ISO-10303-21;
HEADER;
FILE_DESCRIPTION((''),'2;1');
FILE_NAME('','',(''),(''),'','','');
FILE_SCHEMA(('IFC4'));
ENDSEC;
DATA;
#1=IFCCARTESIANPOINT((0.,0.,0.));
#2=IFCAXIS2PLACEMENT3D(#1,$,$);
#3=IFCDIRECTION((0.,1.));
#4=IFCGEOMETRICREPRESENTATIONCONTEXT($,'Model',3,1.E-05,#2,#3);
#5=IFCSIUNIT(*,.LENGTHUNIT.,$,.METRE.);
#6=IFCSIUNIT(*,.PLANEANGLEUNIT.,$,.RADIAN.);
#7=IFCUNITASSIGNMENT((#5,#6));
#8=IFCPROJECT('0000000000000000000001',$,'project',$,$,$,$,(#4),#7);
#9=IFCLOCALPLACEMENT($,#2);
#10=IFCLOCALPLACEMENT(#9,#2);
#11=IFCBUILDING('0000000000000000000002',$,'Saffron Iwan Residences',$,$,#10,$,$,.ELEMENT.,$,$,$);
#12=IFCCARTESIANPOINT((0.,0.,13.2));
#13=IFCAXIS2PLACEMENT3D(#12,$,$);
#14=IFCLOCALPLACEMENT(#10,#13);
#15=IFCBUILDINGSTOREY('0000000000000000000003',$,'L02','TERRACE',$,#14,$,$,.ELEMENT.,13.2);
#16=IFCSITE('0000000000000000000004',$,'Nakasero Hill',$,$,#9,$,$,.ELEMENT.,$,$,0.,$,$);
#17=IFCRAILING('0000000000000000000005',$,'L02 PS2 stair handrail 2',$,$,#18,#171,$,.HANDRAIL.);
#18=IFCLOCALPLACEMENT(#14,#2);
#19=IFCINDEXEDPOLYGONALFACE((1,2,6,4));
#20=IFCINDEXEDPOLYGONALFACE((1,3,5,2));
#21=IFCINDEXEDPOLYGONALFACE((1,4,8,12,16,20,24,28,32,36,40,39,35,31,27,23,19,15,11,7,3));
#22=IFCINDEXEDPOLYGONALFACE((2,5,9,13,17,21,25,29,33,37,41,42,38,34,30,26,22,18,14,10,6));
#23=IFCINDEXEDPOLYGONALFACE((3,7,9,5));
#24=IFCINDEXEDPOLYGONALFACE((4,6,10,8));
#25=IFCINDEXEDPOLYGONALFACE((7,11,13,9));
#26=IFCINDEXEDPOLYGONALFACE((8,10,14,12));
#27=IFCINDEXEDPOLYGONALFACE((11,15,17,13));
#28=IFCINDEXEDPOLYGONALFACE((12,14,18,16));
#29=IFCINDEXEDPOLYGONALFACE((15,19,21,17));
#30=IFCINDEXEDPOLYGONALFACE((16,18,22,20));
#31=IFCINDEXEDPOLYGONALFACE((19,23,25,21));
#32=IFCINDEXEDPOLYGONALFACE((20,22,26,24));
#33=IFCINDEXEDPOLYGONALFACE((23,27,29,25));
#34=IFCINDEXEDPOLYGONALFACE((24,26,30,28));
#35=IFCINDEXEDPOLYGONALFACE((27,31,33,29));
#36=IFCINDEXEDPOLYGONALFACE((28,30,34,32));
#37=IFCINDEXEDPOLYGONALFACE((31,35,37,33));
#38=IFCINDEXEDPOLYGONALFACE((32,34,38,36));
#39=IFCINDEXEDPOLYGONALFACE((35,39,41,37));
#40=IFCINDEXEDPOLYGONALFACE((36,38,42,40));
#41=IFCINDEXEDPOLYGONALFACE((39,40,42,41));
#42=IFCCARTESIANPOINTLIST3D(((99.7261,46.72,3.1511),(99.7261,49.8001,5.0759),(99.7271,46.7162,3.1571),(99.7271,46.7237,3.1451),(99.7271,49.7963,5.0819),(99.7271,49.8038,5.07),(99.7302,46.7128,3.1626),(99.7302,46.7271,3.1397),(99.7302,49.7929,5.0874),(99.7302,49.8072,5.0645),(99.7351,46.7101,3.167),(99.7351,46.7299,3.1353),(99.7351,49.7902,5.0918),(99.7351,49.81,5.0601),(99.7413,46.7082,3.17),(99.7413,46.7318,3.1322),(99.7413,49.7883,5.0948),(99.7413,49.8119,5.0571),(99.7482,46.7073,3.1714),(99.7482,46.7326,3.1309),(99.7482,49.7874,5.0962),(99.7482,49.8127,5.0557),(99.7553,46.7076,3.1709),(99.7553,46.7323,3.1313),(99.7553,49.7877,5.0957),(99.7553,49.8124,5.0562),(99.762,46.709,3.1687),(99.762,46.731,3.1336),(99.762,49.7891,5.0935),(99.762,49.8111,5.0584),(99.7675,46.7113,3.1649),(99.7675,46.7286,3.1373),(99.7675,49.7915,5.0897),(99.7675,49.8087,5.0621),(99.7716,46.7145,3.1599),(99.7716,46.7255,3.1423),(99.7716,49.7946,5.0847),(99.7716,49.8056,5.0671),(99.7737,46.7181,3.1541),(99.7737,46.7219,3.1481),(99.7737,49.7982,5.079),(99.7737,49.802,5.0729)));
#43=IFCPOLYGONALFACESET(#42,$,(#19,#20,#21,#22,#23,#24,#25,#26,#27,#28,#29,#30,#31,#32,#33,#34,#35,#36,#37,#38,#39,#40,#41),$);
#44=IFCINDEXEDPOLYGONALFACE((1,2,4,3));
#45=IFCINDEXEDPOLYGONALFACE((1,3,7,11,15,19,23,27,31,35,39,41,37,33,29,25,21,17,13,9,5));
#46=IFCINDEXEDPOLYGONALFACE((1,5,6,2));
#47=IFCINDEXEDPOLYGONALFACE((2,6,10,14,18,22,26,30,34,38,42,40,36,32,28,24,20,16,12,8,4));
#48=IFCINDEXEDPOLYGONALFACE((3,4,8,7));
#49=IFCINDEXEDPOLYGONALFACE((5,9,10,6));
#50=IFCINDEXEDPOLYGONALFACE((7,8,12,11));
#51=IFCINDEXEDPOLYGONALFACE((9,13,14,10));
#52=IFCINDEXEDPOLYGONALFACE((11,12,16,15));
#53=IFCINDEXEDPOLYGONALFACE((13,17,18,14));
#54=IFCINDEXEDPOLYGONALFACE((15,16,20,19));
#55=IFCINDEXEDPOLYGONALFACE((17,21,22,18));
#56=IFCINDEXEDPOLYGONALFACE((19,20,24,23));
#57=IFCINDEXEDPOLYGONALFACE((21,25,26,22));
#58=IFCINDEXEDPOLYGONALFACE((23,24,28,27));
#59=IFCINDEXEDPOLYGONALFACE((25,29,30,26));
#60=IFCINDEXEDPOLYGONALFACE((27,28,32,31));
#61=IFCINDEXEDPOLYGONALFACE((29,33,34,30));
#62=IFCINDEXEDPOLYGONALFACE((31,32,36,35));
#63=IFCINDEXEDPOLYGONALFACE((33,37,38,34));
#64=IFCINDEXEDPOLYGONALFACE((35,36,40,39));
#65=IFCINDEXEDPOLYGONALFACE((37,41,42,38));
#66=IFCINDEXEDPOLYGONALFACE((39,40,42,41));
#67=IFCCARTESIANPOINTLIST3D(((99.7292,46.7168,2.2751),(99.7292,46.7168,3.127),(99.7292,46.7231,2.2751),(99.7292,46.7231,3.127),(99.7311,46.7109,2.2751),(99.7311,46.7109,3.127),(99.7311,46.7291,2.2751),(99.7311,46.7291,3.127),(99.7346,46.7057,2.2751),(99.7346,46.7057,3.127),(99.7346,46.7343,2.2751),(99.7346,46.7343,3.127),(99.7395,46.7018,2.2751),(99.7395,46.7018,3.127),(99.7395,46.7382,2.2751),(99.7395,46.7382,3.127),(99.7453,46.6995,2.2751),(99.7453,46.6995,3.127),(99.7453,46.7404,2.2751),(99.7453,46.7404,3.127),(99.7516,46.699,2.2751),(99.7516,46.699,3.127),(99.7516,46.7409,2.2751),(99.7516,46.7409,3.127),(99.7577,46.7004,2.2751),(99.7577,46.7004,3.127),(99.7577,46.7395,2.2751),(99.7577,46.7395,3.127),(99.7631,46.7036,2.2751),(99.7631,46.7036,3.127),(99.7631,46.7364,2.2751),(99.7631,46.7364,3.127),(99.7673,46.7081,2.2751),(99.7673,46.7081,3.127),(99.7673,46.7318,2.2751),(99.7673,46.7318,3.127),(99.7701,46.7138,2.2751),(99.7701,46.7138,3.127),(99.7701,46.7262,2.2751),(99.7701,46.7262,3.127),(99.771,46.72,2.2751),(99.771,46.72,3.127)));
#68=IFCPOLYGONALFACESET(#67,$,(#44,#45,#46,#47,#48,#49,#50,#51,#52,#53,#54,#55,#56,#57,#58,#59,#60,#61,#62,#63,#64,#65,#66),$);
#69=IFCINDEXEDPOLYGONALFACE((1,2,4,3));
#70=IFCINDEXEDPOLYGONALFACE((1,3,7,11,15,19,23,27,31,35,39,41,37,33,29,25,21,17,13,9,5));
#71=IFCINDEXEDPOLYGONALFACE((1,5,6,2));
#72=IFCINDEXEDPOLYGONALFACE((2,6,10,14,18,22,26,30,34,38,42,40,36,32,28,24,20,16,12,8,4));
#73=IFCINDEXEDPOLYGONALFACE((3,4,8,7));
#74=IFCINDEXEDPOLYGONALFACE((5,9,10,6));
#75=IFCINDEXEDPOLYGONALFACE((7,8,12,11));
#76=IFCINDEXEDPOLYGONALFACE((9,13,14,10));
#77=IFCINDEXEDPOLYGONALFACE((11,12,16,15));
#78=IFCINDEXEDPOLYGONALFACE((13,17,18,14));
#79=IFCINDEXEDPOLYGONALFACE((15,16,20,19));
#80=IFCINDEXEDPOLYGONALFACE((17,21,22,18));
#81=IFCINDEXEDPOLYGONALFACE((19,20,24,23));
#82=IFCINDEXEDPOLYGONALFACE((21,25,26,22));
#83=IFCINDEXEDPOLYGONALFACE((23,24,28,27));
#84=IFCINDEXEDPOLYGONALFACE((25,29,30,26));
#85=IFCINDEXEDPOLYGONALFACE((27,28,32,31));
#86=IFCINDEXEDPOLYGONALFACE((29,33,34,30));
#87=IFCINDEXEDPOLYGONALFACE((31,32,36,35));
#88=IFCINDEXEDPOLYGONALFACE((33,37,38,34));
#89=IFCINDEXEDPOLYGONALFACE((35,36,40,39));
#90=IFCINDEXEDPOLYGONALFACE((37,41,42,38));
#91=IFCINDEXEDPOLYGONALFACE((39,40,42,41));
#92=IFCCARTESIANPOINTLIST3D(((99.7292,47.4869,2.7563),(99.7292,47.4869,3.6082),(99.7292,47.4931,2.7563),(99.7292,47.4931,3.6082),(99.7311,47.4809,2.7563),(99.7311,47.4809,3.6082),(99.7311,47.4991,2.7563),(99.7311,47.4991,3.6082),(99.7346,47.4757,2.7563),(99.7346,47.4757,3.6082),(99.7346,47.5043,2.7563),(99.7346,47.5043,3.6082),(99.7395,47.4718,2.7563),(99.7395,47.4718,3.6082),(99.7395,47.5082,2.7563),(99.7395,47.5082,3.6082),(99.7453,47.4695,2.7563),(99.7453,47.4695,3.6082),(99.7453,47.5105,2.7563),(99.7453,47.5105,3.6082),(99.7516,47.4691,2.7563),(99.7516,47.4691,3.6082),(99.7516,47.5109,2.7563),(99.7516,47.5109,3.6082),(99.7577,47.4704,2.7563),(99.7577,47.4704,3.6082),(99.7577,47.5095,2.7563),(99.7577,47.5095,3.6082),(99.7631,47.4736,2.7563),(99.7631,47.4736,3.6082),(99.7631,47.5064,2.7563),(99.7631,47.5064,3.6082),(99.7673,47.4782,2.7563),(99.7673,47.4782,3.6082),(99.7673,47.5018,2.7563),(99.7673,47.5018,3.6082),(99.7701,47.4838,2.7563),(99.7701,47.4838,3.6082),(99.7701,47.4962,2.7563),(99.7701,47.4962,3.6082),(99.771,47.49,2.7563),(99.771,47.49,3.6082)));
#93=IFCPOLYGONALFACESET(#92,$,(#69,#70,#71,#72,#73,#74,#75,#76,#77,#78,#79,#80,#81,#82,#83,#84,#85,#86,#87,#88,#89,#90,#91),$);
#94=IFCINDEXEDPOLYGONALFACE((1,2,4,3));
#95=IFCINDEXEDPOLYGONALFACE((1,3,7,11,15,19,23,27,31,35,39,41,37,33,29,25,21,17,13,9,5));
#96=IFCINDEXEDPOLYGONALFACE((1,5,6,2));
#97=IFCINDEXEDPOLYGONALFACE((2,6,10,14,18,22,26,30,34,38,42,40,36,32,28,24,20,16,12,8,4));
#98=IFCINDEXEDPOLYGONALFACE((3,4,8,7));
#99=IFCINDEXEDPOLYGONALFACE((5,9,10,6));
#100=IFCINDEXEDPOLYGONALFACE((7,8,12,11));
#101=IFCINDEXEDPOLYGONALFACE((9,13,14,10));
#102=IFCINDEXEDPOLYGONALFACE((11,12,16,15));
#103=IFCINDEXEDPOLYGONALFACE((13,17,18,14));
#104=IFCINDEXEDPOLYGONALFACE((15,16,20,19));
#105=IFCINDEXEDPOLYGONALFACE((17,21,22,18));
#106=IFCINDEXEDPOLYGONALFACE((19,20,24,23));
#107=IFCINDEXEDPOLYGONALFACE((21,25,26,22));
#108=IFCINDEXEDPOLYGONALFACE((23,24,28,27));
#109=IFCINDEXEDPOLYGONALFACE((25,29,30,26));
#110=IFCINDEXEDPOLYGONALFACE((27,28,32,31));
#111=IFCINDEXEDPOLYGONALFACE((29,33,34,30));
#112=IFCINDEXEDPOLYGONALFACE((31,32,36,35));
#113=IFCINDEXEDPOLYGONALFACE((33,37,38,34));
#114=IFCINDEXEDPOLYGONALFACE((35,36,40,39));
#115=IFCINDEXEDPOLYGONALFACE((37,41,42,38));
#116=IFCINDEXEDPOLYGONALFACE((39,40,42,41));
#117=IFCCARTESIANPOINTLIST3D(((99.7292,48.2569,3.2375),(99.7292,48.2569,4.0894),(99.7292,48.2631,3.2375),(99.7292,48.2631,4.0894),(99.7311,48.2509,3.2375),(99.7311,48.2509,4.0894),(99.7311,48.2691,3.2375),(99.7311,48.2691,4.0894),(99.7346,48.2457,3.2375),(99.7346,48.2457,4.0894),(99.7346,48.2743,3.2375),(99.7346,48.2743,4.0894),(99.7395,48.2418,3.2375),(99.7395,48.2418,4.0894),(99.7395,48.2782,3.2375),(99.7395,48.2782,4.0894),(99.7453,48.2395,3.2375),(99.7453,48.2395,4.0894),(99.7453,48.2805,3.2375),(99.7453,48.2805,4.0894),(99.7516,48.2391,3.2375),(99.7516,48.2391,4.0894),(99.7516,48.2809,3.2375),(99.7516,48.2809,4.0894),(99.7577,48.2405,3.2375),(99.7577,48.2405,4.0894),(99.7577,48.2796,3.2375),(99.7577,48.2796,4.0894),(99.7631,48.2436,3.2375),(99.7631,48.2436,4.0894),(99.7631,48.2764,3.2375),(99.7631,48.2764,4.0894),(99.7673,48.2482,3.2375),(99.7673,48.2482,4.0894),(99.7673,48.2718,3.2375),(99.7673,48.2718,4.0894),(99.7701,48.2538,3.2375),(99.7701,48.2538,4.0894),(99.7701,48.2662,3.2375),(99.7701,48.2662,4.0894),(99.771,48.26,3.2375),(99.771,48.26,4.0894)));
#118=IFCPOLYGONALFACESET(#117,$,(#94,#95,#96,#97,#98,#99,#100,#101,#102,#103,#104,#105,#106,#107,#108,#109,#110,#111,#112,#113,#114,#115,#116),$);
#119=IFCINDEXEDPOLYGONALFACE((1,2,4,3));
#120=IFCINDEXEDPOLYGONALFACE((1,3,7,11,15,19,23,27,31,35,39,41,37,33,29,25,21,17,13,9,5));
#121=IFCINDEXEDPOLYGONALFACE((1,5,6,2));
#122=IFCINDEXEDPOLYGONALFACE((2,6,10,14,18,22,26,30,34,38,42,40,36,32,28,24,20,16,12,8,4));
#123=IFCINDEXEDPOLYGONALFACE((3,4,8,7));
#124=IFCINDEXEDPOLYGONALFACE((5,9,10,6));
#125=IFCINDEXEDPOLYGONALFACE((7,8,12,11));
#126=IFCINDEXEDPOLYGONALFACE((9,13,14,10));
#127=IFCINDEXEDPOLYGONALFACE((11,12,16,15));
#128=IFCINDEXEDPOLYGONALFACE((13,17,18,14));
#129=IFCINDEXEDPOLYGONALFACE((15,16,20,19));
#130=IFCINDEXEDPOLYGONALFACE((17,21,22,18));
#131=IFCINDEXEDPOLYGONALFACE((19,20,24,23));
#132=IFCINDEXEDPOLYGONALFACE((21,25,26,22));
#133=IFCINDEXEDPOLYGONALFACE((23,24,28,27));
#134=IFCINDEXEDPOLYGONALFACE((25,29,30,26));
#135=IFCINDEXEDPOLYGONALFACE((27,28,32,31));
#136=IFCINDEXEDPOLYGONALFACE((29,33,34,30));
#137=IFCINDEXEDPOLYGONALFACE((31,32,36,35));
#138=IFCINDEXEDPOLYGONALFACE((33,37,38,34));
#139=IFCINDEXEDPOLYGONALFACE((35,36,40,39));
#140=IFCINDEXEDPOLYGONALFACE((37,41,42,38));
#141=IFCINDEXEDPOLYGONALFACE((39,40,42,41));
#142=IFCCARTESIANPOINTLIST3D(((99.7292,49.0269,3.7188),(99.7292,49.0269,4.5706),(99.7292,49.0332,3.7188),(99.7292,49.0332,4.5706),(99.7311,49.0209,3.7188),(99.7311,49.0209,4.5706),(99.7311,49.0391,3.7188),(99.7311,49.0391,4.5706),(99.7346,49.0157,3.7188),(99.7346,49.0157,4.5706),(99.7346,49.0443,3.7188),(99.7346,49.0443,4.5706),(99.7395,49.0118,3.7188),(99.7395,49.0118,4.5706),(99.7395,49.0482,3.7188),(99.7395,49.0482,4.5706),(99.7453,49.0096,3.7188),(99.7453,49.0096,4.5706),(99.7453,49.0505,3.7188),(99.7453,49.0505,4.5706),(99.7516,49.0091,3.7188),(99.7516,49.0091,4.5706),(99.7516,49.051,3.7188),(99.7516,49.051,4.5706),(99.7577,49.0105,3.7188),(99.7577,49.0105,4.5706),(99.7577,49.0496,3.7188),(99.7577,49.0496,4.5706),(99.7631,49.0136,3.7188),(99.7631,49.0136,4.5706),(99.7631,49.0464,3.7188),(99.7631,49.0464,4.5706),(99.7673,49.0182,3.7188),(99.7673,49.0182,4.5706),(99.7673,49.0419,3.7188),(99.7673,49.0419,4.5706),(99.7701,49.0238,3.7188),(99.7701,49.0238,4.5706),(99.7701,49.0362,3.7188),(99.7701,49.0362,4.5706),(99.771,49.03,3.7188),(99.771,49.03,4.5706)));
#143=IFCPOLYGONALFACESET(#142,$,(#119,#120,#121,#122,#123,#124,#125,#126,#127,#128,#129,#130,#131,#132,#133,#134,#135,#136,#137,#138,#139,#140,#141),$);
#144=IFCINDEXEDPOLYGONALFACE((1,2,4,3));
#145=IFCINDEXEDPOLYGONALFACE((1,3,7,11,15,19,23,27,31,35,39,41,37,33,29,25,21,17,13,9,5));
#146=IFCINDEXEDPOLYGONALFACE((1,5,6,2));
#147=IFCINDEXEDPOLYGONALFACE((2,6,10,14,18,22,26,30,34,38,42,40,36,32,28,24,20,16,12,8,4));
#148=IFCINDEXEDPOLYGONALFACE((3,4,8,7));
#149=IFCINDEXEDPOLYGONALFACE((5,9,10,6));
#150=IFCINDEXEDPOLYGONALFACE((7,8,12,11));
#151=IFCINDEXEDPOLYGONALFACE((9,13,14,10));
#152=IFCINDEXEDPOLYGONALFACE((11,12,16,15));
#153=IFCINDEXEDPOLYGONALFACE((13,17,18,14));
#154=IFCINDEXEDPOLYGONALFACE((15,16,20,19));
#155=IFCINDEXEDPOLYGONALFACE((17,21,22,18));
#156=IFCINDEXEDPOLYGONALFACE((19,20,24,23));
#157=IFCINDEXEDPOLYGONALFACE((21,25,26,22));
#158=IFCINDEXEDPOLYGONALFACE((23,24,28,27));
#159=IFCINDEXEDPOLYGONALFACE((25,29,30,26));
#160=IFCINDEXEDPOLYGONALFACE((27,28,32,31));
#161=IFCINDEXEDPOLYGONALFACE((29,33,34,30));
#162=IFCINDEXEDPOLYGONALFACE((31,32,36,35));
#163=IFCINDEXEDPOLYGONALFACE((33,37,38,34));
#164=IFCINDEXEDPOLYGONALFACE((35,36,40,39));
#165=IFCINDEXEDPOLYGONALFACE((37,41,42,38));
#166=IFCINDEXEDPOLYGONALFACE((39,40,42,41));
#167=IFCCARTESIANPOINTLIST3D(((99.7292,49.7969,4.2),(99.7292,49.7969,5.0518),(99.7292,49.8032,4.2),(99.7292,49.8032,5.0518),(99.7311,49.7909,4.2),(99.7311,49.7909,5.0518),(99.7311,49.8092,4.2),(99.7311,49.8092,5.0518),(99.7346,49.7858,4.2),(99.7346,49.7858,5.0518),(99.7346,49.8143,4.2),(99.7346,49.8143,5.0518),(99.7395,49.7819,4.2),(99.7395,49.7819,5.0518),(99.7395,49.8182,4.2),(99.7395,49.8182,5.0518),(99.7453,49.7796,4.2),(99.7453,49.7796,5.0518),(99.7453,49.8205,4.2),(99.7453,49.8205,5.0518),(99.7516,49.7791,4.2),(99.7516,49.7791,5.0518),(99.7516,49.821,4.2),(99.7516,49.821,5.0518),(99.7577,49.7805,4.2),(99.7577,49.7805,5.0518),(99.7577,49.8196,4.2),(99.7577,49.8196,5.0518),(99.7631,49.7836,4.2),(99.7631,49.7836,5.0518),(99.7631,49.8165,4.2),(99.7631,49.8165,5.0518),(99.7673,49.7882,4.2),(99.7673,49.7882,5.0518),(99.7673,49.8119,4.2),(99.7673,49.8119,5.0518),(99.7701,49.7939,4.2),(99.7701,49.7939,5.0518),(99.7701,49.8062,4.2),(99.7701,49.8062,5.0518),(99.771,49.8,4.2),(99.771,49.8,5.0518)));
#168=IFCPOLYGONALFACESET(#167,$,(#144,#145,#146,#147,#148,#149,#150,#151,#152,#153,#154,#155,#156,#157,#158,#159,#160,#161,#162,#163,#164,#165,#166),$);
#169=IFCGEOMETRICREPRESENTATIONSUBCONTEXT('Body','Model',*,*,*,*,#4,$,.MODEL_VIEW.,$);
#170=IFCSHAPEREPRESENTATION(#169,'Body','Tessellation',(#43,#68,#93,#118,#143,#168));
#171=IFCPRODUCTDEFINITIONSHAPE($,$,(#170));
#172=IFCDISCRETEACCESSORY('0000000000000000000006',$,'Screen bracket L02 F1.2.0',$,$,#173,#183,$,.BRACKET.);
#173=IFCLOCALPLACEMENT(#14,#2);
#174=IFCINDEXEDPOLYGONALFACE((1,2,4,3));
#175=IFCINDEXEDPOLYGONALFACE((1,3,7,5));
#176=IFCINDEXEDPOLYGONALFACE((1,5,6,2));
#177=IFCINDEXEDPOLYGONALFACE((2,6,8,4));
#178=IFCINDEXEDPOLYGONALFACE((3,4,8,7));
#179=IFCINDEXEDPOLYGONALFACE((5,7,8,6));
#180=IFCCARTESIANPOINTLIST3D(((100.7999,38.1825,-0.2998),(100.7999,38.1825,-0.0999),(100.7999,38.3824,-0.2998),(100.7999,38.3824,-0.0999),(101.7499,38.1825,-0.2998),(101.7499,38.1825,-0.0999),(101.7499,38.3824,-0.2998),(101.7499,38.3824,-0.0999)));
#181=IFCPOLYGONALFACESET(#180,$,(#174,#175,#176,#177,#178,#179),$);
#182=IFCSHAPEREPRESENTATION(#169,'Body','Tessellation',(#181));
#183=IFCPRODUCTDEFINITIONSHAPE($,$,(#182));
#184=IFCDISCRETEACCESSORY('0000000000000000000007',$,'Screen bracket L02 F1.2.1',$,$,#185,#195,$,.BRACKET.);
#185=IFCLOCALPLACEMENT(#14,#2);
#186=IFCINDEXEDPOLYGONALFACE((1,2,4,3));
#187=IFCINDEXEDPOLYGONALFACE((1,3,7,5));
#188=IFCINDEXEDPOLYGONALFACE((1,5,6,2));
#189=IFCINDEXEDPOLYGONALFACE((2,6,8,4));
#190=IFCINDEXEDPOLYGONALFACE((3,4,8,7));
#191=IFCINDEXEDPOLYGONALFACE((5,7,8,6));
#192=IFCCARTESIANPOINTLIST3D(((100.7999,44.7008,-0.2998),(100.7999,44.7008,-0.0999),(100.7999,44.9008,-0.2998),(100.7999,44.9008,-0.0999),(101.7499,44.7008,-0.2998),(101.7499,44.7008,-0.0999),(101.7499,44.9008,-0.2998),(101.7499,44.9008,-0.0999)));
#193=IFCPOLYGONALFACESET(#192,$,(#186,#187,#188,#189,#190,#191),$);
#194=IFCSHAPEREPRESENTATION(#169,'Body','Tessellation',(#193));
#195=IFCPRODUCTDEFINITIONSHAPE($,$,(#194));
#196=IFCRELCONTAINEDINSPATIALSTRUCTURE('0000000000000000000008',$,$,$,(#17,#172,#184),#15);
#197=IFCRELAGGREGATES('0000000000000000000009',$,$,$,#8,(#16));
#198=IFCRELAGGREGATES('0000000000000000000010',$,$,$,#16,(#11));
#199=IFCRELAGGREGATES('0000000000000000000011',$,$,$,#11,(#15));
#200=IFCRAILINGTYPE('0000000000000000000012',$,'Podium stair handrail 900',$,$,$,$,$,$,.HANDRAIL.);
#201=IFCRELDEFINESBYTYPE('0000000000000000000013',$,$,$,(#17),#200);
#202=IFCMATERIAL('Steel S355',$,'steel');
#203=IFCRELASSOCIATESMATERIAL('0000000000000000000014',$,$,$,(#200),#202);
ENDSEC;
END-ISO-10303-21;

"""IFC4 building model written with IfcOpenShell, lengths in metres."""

from ifc_helpers import new_model, si_unit, direction, frame, origin, origin_2d, place, context, subcontext, project, spatial, rectangle, circle, extrude, source, transform, mapped, material, type_object, element, save


model = new_model("IFC4")

# Units and contexts
model_context = context("Model", 3, precision=1e-05, world=origin(), true_north=direction((0.0, 1.0)))
body_context = subcontext(model_context, "Body", "Model", "MODEL_VIEW")
ifc_project = project(units=[si_unit("LENGTHUNIT", "METRE"), si_unit("PLANEANGLEUNIT", "RADIAN")], contexts=[model_context])

# Site, building, storey
site_placement = place(None, origin())
site = spatial("IfcSite", under=ifc_project, at=site_placement, Name="Nakasero Hill", CompositionType="ELEMENT", RefElevation=0.0)
building_placement = place(site_placement, origin())
building = spatial("IfcBuilding", under=site, at=building_placement, Name="Saffron Iwan Residences", CompositionType="ELEMENT")
storey_placement = place(building_placement, frame((0.0, 0.0, 13.2)))
storey = spatial("IfcBuildingStorey", under=building, at=storey_placement, Name="L02", Description="TERRACE", CompositionType="ELEMENT", Elevation=13.2)

# Railing
ifc_material_1 = material(Name="Steel S355", Category="steel")
railing_type_1 = type_object("IfcRailingType", Name="Podium stair handrail 900", PredefinedType="HANDRAIL", material=ifc_material_1)
railing_1_placement = place(storey_placement, frame((99.75, 46.72, 2.2751)))
element("IfcRailing", 1, at=railing_1_placement, inside=storey, type_object=railing_type_1, Name="L02 PS2 stair handrail 2", PredefinedType="HANDRAIL", context=body_context, shape_type="SweptSolid", body=[
    extrude(circle(Radius=0.0239, at=origin_2d()), frame((0.0, 0.0, 0.876), z_axis=(0.0, 0.848029, 0.529951), x_axis=(-1.0, 0.0, 0.0)), (0.0, 0.0, 1.0), 3.6321),
    extrude(circle(Radius=0.021, at=origin_2d()), origin(), (0.0, 0.0, 1.0), 0.8518),
    extrude(circle(Radius=0.021, at=origin_2d()), frame((0.0, 0.77, 0.4812)), (0.0, 0.0, 1.0), 0.8518),
    extrude(circle(Radius=0.021, at=origin_2d()), frame((0.0, 1.54, 0.9624)), (0.0, 0.0, 1.0), 0.8518),
    extrude(circle(Radius=0.021, at=origin_2d()), frame((0.0, 2.3101, 1.4436)), (0.0, 0.0, 1.0), 0.8518),
    extrude(circle(Radius=0.021, at=origin_2d()), frame((0.0, 3.0801, 1.9248)), (0.0, 0.0, 1.0), 0.8518),
])

# Discrete accessories
shared_shape_1 = source(origin(), body_context, "Body", "SweptSolid", [
    extrude(rectangle(XDim=0.95, YDim=0.2, at=origin_2d()), origin(), (0.0, 0.0, 1.0), 0.2),
])
for number, where, z_axis, x_axis, name in (
    (2, (101.2749, 38.2825, -0.2998), (0.0, 0.0, 1.0), (1.0, 0.0, 0.0), "Screen bracket L02 F1.2.0"),
    (3, (101.2749, 44.8008, -0.2998), (0.0, 0.0, 1.0), (1.0, 0.0, 0.0), "Screen bracket L02 F1.2.1"),
):
    element("IfcDiscreteAccessory", number, at=place(storey_placement, frame(where, z_axis=z_axis, x_axis=x_axis)), inside=storey, Name=name, PredefinedType="BRACKET", context=body_context, shape_type="MappedRepresentation", body=[
        mapped(shared_shape_1, transform((0.0, 0.0, 0.0))),
    ])

save(model, "model.ifc")
